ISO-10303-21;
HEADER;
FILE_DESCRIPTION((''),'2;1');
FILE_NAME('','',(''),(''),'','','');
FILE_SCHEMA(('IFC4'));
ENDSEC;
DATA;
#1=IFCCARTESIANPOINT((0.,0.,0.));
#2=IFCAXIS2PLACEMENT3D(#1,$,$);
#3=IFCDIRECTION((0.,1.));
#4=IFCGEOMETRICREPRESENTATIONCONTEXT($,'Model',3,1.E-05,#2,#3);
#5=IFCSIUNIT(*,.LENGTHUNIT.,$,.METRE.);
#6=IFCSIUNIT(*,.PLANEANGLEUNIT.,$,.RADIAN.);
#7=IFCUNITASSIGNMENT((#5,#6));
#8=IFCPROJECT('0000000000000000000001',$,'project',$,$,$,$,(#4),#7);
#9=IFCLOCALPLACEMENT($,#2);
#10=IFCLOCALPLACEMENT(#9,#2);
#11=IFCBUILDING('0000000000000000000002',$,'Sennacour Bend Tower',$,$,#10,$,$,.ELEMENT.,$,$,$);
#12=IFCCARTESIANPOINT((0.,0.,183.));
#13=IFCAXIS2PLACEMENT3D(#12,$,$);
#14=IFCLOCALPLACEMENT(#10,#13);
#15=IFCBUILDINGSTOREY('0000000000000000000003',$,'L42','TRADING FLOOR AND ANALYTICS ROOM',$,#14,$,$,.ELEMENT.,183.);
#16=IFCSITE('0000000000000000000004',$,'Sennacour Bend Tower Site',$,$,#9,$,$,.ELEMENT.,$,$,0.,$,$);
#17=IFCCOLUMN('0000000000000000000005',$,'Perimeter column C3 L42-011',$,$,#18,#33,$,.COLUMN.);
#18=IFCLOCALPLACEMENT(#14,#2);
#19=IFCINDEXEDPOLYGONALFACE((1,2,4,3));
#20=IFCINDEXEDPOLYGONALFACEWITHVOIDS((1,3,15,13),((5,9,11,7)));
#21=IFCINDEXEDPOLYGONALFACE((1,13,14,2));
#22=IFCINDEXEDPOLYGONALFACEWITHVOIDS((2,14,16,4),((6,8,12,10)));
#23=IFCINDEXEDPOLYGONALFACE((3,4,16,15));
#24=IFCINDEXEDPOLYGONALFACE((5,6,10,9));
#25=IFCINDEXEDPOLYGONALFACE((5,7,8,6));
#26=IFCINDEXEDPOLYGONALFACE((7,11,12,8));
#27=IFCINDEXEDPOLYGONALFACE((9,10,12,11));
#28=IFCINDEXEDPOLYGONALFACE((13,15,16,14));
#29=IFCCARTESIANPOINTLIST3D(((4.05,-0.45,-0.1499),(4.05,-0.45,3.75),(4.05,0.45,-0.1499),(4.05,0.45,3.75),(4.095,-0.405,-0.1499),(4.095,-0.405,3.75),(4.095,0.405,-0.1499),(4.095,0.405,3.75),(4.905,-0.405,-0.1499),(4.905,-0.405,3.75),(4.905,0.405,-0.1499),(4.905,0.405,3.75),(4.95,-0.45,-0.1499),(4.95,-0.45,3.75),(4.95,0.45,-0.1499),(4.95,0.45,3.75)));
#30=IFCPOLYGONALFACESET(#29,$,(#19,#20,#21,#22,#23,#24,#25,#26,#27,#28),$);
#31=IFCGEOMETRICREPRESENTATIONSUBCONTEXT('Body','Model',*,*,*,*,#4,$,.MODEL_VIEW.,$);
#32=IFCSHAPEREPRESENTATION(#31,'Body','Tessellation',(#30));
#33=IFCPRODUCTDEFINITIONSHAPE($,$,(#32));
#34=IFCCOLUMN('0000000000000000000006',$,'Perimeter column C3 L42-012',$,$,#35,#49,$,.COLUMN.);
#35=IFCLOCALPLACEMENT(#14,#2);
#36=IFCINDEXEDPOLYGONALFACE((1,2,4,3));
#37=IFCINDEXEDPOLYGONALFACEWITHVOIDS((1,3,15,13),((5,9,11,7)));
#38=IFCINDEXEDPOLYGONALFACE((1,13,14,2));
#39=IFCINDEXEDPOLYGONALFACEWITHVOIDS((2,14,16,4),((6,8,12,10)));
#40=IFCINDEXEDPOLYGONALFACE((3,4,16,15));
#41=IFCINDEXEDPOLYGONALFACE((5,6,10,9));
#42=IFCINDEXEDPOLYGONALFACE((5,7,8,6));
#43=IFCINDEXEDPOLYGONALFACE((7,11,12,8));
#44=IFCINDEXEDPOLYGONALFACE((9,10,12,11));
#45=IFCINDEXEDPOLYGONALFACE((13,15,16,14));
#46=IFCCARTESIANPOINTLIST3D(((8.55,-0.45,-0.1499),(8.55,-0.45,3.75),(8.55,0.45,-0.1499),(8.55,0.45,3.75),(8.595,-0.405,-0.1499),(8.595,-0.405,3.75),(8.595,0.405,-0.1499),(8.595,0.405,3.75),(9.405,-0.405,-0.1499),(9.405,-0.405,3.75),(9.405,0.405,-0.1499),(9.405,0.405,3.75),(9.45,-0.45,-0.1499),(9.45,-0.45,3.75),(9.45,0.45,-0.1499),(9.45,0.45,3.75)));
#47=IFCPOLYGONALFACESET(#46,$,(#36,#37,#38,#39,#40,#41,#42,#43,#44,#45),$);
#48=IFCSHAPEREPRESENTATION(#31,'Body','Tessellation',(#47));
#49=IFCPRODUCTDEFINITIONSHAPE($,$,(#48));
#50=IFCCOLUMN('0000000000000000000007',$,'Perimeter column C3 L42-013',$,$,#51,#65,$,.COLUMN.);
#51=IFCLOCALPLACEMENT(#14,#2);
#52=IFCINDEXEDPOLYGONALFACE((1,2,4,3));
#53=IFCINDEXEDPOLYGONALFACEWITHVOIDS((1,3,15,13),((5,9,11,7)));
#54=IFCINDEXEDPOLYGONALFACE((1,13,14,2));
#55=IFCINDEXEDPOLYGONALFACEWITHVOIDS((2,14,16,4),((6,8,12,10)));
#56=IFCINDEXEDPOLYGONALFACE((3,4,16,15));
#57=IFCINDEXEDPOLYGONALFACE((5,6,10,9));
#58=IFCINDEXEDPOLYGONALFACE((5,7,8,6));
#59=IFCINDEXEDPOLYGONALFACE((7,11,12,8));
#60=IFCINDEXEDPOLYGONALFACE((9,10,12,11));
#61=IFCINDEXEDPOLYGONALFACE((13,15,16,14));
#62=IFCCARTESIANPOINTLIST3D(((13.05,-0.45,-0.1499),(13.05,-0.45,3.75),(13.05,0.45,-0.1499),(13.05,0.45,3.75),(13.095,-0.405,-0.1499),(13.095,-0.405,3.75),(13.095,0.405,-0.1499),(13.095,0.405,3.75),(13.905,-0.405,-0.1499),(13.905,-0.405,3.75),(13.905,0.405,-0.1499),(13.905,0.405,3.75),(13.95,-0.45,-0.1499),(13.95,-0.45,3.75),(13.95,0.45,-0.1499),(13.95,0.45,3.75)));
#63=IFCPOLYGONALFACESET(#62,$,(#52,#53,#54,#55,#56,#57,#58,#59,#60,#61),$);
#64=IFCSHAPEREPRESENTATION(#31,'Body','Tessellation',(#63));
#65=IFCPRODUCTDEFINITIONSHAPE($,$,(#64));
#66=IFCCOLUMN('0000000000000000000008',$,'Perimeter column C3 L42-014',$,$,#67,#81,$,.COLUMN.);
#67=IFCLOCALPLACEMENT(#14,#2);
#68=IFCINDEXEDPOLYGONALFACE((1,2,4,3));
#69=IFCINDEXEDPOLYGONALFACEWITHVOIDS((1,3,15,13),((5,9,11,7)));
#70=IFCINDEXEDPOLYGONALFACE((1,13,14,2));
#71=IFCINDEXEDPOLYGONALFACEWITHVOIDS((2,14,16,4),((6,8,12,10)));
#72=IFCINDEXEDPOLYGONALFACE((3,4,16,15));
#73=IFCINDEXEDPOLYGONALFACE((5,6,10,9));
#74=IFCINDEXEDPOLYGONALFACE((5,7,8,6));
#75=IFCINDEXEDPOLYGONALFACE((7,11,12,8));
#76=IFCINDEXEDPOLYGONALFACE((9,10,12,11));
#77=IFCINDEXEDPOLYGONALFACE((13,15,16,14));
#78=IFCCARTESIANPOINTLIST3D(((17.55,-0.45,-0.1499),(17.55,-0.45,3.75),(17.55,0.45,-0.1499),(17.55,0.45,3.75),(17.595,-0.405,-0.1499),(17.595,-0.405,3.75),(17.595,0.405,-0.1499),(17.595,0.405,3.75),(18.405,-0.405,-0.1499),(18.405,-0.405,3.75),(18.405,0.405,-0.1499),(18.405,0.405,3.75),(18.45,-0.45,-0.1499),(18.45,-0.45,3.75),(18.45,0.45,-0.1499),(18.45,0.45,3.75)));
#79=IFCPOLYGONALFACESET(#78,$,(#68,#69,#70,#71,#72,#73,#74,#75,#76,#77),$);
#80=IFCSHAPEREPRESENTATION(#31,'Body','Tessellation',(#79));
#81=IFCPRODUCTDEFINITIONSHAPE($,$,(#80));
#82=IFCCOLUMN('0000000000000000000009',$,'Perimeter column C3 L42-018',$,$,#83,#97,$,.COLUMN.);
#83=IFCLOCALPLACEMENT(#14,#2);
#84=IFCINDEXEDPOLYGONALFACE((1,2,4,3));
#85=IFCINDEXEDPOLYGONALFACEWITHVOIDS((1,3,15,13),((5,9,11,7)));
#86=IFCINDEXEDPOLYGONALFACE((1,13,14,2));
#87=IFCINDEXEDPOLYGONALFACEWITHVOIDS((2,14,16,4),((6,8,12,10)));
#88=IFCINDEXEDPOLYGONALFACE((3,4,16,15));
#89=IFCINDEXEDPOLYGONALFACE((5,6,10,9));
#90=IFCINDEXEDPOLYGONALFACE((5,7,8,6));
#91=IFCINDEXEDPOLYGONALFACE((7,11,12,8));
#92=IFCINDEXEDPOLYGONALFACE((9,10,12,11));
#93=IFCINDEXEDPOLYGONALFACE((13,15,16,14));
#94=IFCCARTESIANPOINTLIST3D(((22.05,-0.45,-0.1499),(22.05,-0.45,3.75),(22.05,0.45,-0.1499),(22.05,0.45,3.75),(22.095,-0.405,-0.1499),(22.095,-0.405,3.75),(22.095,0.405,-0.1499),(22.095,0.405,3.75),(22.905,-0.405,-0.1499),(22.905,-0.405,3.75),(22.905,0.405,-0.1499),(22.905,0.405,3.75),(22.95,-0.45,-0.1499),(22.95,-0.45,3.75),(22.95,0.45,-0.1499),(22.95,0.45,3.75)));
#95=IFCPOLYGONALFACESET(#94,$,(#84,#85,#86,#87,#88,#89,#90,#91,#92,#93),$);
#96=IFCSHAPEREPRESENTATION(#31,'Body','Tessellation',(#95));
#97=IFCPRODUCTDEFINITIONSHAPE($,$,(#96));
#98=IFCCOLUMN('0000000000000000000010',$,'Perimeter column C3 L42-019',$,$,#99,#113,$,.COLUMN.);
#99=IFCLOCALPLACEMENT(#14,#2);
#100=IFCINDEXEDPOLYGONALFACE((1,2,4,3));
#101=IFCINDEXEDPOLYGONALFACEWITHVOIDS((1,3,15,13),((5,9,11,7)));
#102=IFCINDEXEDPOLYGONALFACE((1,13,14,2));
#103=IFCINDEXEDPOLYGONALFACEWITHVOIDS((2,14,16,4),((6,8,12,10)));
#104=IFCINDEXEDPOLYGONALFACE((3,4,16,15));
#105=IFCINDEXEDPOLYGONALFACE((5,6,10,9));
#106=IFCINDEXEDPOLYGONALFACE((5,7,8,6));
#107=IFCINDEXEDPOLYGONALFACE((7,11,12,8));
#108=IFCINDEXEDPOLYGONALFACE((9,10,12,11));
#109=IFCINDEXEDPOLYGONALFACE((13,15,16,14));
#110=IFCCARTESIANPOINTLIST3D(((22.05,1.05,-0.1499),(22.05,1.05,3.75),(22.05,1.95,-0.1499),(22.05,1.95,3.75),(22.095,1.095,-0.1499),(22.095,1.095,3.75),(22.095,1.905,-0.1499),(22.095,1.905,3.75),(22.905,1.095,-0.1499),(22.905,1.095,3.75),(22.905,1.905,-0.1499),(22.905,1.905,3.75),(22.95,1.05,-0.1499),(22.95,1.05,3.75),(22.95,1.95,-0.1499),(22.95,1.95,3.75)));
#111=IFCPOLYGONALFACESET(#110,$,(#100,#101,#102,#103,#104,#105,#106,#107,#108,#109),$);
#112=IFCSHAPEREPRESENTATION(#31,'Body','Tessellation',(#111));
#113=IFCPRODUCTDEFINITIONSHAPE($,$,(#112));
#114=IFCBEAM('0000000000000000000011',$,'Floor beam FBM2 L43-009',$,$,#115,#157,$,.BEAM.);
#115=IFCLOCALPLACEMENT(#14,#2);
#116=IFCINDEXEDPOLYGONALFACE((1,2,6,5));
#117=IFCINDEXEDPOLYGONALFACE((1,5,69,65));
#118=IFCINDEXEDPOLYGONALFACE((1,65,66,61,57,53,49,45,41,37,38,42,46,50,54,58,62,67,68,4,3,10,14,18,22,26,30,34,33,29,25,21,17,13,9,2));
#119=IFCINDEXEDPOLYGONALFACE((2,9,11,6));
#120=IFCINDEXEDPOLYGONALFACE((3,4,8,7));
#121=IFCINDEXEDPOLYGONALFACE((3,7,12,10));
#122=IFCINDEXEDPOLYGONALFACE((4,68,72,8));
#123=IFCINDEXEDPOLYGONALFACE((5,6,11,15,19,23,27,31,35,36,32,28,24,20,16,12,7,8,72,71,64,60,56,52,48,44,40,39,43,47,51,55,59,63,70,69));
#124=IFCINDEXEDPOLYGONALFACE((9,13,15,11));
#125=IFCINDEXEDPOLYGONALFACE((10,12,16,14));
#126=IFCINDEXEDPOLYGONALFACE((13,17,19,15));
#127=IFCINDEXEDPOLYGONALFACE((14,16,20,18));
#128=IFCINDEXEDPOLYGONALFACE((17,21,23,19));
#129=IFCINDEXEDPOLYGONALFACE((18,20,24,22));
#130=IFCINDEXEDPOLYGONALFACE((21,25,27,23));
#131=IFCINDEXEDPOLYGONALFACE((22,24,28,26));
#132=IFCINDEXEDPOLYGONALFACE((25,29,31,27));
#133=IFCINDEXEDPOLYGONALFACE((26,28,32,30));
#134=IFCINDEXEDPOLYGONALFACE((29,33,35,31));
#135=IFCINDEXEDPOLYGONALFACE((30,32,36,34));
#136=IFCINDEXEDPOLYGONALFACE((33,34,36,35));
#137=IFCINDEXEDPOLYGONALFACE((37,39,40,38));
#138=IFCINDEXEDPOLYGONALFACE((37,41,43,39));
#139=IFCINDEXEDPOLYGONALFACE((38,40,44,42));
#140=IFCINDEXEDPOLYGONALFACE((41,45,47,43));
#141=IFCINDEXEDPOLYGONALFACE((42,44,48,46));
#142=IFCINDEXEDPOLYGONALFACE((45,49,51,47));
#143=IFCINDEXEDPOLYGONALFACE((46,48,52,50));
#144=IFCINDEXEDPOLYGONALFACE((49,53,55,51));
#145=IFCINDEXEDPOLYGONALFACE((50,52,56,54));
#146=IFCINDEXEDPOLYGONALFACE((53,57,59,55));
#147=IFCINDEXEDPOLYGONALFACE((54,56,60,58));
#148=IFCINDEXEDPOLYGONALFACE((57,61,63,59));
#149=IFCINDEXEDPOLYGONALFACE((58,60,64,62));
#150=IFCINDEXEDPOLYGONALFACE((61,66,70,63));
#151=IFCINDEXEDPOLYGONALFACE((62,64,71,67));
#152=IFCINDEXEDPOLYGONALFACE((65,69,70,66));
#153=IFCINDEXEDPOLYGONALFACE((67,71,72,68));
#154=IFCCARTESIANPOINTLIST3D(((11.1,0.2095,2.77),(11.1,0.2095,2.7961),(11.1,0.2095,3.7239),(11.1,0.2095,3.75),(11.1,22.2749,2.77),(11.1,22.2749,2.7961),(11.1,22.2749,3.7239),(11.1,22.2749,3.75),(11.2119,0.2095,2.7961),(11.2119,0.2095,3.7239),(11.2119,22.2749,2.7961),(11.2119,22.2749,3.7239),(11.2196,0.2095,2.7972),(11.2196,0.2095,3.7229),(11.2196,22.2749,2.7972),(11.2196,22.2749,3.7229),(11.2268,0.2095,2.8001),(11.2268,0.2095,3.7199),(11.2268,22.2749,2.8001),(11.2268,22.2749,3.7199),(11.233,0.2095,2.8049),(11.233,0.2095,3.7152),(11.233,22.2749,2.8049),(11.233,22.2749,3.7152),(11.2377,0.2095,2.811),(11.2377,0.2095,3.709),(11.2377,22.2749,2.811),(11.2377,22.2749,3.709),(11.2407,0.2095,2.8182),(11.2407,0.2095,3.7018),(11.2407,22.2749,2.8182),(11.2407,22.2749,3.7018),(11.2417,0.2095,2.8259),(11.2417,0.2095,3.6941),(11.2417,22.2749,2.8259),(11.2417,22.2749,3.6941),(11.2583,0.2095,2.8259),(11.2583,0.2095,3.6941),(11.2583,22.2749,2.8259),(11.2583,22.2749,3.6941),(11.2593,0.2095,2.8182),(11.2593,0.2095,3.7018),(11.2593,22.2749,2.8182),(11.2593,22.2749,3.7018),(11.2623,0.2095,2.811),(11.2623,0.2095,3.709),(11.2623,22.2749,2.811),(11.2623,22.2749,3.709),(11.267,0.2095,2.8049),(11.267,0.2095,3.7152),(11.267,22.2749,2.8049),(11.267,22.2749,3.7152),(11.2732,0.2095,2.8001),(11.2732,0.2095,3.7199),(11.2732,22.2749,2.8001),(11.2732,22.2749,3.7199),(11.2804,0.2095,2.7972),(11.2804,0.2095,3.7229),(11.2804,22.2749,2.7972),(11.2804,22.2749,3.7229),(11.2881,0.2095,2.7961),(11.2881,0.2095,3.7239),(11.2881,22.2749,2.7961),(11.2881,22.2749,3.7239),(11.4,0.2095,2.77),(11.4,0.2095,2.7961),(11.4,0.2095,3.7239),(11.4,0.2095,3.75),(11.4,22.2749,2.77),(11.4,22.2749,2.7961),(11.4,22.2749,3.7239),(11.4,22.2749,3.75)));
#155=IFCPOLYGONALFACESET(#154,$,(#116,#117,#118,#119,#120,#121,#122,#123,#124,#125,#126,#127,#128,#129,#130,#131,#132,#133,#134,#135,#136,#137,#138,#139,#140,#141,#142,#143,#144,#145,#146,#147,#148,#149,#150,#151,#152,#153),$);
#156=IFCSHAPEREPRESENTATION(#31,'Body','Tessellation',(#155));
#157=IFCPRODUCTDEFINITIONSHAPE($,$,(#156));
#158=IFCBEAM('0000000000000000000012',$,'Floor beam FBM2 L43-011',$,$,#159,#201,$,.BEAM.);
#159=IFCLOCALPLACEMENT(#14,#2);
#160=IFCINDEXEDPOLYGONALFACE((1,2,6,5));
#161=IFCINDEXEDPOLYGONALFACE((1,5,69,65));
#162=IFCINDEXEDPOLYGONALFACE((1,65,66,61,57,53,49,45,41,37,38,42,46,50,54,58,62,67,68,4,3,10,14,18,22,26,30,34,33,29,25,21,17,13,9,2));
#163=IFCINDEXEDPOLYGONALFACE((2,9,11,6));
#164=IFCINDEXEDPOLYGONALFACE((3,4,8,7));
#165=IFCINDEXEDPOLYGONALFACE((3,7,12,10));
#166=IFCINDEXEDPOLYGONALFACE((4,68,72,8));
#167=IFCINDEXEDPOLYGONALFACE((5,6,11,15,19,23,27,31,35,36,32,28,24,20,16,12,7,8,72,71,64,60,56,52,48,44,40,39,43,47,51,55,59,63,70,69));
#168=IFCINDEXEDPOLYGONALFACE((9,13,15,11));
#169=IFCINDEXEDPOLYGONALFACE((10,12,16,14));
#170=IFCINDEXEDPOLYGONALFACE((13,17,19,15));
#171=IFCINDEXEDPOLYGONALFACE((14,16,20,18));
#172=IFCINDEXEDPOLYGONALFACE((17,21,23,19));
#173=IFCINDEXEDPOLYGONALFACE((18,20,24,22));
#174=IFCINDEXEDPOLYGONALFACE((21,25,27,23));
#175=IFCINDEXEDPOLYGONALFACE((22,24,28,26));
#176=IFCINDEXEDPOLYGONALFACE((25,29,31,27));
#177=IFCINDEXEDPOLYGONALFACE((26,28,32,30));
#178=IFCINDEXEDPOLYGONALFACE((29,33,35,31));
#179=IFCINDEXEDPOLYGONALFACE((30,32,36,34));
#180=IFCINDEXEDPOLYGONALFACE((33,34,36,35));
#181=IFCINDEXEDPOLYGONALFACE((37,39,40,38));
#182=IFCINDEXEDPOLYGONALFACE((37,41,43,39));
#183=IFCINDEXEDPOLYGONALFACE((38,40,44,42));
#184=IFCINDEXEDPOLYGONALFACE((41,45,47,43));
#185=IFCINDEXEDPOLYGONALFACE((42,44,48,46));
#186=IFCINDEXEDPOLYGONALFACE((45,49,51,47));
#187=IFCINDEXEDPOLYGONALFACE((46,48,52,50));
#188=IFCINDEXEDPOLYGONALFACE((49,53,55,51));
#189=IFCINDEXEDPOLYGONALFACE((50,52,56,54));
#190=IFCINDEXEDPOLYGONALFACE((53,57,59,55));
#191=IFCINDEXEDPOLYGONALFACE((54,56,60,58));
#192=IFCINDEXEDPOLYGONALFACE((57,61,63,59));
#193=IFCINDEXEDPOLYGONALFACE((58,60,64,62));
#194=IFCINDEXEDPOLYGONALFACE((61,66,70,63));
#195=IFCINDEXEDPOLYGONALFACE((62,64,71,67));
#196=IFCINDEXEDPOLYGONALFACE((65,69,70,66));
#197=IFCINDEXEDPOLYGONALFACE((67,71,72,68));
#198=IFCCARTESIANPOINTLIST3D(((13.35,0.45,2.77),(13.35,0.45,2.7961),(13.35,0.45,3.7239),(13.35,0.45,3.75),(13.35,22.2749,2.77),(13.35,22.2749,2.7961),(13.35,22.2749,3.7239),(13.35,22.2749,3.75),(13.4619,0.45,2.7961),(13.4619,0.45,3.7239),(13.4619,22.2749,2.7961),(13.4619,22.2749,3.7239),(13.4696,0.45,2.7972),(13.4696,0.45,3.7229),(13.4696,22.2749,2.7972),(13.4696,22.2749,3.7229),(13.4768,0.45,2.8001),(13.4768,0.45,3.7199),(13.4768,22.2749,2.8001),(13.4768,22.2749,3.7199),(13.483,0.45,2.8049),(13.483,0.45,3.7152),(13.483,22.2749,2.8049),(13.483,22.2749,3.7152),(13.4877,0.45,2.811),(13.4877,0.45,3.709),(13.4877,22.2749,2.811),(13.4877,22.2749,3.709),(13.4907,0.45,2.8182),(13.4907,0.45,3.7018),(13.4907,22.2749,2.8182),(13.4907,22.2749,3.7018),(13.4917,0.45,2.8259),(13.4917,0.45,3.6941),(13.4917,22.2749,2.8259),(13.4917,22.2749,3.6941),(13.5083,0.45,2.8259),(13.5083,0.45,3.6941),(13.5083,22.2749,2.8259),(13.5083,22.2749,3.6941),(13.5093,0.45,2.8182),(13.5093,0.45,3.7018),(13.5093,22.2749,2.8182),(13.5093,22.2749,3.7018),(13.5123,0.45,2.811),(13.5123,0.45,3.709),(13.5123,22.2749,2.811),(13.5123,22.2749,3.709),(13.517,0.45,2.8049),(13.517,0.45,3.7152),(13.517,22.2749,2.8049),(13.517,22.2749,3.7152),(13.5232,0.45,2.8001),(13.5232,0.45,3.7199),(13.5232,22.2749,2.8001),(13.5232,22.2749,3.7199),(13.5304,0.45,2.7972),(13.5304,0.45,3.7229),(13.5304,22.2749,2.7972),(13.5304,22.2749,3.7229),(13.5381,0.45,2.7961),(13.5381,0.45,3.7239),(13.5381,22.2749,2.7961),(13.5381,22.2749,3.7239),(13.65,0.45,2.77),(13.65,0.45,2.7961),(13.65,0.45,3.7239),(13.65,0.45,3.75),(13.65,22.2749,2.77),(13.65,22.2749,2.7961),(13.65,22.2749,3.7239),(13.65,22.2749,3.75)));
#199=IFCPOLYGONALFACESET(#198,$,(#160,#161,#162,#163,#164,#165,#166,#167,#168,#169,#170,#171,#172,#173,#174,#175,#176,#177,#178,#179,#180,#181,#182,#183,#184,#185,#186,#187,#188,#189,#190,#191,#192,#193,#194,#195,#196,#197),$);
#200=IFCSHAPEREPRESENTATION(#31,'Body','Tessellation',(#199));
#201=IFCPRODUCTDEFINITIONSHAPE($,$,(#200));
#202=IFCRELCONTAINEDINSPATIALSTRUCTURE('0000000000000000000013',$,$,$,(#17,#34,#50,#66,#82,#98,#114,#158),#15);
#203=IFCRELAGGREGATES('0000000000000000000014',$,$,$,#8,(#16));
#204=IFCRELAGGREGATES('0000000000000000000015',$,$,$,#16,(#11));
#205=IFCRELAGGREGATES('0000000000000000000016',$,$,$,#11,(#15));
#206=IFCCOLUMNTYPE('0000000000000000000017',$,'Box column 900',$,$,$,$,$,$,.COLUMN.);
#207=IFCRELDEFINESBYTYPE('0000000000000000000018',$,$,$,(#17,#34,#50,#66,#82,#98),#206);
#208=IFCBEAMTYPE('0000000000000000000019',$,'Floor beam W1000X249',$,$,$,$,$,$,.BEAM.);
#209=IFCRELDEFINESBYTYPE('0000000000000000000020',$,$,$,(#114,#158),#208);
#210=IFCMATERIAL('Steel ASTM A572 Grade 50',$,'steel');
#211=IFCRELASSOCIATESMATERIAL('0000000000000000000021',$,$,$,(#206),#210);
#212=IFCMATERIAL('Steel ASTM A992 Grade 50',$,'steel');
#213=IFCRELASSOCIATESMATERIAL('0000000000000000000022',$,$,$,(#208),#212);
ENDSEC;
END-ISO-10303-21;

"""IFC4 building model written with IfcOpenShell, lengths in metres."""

from ifc_helpers import new_model, si_unit, direction, frame, origin, origin_2d, place, context, subcontext, project, spatial, hollow_rectangle, i_section, extrude, material, material_profile, profile_set, type_object, element, save


model = new_model("IFC4")

# Units and contexts
model_context = context("Model", 3, precision=1e-05, world=origin(), true_north=direction((0.0, 1.0)))
body_context = subcontext(model_context, "Body", "Model", "MODEL_VIEW")
ifc_project = project(units=[si_unit("LENGTHUNIT", "METRE"), si_unit("PLANEANGLEUNIT", "RADIAN")], contexts=[model_context])

# Site, building, storey
site_placement = place(None, origin())
site = spatial("IfcSite", under=ifc_project, at=site_placement, Name="Sennacour Bend Tower Site", CompositionType="ELEMENT", RefElevation=0.0)
building_placement = place(site_placement, origin())
building = spatial("IfcBuilding", under=site, at=building_placement, Name="Sennacour Bend Tower", CompositionType="ELEMENT")
storey_placement = place(building_placement, frame((0.0, 0.0, 183.0)))
storey = spatial("IfcBuildingStorey", under=building, at=storey_placement, Name="L42", Description="TRADING FLOOR AND ANALYTICS ROOM", CompositionType="ELEMENT", Elevation=183.0)

# Columns
ifc_material_1 = material(Name="Steel ASTM A572 Grade 50", Category="steel")
ifc_material_profile_1 = material_profile(ifc_material_1, hollow_rectangle(XDim=0.8999, YDim=0.8999, WallThickness=0.0449, at=origin_2d()), Name="Steel ASTM A572 Grade 50", Category="steel")
ifc_profile_set_1 = profile_set([ifc_material_profile_1], Name="Steel ASTM A572 Grade 50")
column_type = type_object("IfcColumnType", Name="Box column 900", PredefinedType="COLUMN", material=ifc_profile_set_1)
for number, where, z_axis, x_axis, name in (
    (1, (4.5, 0.0, -0.1499), (0.0, 0.0, 1.0), (1.0, 0.0, 0.0), "Perimeter column C3 L42-011"),
    (2, (9.0, 0.0, -0.1499), (0.0, 0.0, 1.0), (1.0, 0.0, 0.0), "Perimeter column C3 L42-012"),
    (3, (13.5, 0.0, -0.1499), (0.0, 0.0, 1.0), (1.0, 0.0, 0.0), "Perimeter column C3 L42-013"),
    (4, (18.0, 0.0, -0.1499), (0.0, 0.0, 1.0), (1.0, 0.0, 0.0), "Perimeter column C3 L42-014"),
    (5, (22.5, 0.0, -0.1499), (0.0, 0.0, 1.0), (1.0, 0.0, 0.0), "Perimeter column C3 L42-018"),
    (6, (22.5, 1.5, -0.1499), (0.0, 0.0, 1.0), (1.0, 0.0, 0.0), "Perimeter column C3 L42-019"),
):
    element("IfcColumn", number, at=place(storey_placement, frame(where, z_axis=z_axis, x_axis=x_axis)), inside=storey, type_object=column_type, Name=name, PredefinedType="COLUMN", context=body_context, shape_type="SweptSolid", body=[
        extrude(hollow_rectangle(XDim=0.8999, YDim=0.8999, WallThickness=0.0449, at=origin_2d()), origin(), (0.0, 0.0, 1.0), 3.8999),
    ])

# Beams
ifc_material_2 = material(Name="Steel ASTM A992 Grade 50", Category="steel")
ifc_material_profile_2 = material_profile(ifc_material_2, i_section(OverallWidth=0.3, OverallDepth=0.98, WebThickness=0.0166, FlangeThickness=0.0261, FilletRadius=0.0298, at=origin_2d()), Name="Steel ASTM A992 Grade 50", Category="steel")
ifc_profile_set_2 = profile_set([ifc_material_profile_2], Name="Steel ASTM A992 Grade 50")
beam_type = type_object("IfcBeamType", Name="Floor beam W1000X249", PredefinedType="BEAM", material=ifc_profile_set_2)
beam_1_placement = place(storey_placement, frame((11.25, 0.2095, 3.26), z_axis=(0.0, 1.0, 0.0), x_axis=(-1.0, 0.0, 0.0)))
element("IfcBeam", 7, at=beam_1_placement, inside=storey, type_object=beam_type, Name="Floor beam FBM2 L43-009", PredefinedType="BEAM", context=body_context, shape_type="SweptSolid", body=[
    extrude(i_section(OverallWidth=0.3, OverallDepth=0.98, WebThickness=0.0166, FlangeThickness=0.0261, FilletRadius=0.0298, at=origin_2d()), origin(), (0.0, 0.0, 1.0), 22.0654),
])
beam_2_placement = place(storey_placement, frame((13.5, 0.45, 3.26), z_axis=(0.0, 1.0, 0.0), x_axis=(-1.0, 0.0, 0.0)))
element("IfcBeam", 8, at=beam_2_placement, inside=storey, type_object=beam_type, Name="Floor beam FBM2 L43-011", PredefinedType="BEAM", context=body_context, shape_type="SweptSolid", body=[
    extrude(i_section(OverallWidth=0.3, OverallDepth=0.98, WebThickness=0.0166, FlangeThickness=0.0261, FilletRadius=0.0298, at=origin_2d()), origin(), (0.0, 0.0, 1.0), 21.825),
])

save(model, "model.ifc")
